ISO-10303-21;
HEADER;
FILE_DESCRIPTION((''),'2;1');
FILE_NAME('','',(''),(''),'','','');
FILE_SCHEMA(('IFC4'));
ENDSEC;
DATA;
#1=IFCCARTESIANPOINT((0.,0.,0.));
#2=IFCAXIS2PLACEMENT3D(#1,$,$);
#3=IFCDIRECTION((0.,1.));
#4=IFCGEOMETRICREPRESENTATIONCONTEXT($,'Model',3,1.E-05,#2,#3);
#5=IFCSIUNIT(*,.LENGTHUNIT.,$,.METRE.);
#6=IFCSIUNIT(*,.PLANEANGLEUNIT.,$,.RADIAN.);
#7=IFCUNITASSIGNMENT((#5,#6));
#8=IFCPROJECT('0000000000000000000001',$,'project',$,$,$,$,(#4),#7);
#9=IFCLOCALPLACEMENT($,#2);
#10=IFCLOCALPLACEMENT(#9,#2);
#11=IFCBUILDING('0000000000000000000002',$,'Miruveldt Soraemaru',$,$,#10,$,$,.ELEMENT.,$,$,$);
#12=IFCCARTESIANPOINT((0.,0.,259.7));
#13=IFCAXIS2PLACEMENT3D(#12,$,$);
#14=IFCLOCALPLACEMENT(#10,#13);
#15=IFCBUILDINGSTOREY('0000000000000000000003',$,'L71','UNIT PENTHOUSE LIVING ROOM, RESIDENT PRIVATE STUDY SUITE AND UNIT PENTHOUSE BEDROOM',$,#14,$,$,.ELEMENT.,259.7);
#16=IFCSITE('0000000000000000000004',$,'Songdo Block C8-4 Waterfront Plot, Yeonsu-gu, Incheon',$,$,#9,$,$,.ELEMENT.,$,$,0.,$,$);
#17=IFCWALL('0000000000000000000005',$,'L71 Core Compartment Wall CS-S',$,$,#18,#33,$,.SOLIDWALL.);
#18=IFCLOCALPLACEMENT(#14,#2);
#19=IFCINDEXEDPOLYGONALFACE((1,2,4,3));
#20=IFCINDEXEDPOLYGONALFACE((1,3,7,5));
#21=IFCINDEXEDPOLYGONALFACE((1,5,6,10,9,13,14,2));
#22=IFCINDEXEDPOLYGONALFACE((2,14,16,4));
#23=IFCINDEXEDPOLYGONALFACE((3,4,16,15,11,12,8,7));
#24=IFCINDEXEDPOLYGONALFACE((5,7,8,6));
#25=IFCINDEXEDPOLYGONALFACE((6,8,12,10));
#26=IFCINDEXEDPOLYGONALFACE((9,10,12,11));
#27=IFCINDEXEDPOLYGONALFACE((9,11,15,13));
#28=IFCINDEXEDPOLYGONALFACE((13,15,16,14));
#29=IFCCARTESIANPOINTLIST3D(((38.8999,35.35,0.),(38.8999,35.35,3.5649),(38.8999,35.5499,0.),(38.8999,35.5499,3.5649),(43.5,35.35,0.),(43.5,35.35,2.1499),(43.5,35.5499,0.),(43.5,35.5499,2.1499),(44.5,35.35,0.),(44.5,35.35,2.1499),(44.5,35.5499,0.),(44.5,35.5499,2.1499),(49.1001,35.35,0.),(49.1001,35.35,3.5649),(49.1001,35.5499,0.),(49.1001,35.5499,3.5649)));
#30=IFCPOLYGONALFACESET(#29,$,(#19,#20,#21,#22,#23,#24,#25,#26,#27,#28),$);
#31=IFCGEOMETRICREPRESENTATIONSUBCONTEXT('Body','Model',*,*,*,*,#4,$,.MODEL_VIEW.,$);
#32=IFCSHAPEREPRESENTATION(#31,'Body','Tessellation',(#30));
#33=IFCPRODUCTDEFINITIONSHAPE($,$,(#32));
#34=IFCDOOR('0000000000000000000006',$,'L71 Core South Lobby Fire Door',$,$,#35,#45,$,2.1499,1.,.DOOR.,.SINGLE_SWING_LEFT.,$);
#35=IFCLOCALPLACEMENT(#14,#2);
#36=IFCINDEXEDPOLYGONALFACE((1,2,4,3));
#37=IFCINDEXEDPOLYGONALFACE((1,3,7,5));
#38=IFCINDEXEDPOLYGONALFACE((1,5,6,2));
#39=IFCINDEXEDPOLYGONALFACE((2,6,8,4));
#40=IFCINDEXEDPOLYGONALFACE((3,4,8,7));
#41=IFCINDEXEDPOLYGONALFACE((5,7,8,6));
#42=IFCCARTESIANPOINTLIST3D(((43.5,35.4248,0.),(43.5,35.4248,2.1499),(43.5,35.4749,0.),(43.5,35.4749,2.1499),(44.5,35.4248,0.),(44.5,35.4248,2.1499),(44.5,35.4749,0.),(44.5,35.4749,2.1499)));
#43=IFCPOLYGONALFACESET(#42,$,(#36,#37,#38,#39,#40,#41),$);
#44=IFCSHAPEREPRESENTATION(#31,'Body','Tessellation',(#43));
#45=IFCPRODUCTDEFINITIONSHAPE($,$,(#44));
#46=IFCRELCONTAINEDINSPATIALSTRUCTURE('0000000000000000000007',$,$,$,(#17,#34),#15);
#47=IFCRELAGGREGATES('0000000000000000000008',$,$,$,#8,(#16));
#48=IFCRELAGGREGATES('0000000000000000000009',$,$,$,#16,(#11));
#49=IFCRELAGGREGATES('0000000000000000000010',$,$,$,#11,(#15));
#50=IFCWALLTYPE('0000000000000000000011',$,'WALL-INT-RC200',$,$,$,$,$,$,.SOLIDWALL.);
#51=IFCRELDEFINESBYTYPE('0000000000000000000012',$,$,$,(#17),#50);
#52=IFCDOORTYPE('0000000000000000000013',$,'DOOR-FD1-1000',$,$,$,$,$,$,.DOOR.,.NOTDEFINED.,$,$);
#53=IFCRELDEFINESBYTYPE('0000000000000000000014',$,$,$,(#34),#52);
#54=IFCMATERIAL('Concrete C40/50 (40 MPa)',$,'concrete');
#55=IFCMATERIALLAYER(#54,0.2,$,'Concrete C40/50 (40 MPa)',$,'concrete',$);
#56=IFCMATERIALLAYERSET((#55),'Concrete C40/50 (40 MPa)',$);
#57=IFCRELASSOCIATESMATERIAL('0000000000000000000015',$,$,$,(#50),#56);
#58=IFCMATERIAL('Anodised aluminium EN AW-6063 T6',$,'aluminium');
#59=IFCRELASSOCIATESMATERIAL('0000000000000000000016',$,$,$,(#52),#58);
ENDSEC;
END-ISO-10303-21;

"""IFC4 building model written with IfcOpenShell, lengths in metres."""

from ifc_helpers import new_model, si_unit, direction, frame, frame_2d, origin, place, context, subcontext, project, spatial, rectangle, extrude, material, layer, layer_set, type_object, element, fill, save


model = new_model("IFC4")

# Units and contexts
model_context = context("Model", 3, precision=1e-05, world=origin(), true_north=direction((0.0, 1.0)))
body_context = subcontext(model_context, "Body", "Model", "MODEL_VIEW")
ifc_project = project(units=[si_unit("LENGTHUNIT", "METRE"), si_unit("PLANEANGLEUNIT", "RADIAN")], contexts=[model_context])

# Site, building, storey
site_placement = place(None, origin())
site = spatial("IfcSite", under=ifc_project, at=site_placement, Name="Songdo Block C8-4 Waterfront Plot, Yeonsu-gu, Incheon", CompositionType="ELEMENT", RefElevation=0.0)
building_placement = place(site_placement, origin())
building = spatial("IfcBuilding", under=site, at=building_placement, Name="Miruveldt Soraemaru", CompositionType="ELEMENT")
storey_placement = place(building_placement, frame((0.0, 0.0, 259.7)))
storey = spatial("IfcBuildingStorey", under=building, at=storey_placement, Name="L71", Description="UNIT PENTHOUSE LIVING ROOM, RESIDENT PRIVATE STUDY SUITE AND UNIT PENTHOUSE BEDROOM", CompositionType="ELEMENT", Elevation=259.7)

# Shared definitions
ifc_material_1 = material(Name="Anodised aluminium EN AW-6063 T6", Category="aluminium")

# Shared definitions
ifc_material_2 = material(Name="Concrete C40/50 (40 MPa)", Category="concrete")

# Wall, opening, door
ifc_layer_1 = layer(ifc_material_2, 0.2, Name="Concrete C40/50 (40 MPa)", Category="concrete")
ifc_layer_set_1 = layer_set([ifc_layer_1], Name="Concrete C40/50 (40 MPa)")
wall_type_1 = type_object("IfcWallType", Name="WALL-INT-RC200", PredefinedType="SOLIDWALL", material=ifc_layer_set_1)
wall_1_placement = place(storey_placement, frame((38.8999, 35.45, 0.0), z_axis=(0.0, 0.0, 1.0), x_axis=(1.0, 0.0, 0.0)))
wall_1 = element("IfcWall", 1, at=wall_1_placement, inside=storey, type_object=wall_type_1, Name="L71 Core Compartment Wall CS-S", PredefinedType="SOLIDWALL", context=body_context, shape_type="SweptSolid", body=[
    extrude(rectangle(XDim=10.2002, YDim=0.2, at=frame_2d((5.1001, 0.0))), origin(), (0.0, 0.0, 1.0), 3.5649),
])
opening_1_placement = place(wall_1_placement, frame((4.6001, 0.0, 0.0)))
opening_1 = element("IfcOpeningElement", 2, at=opening_1_placement, cuts=wall_1, PredefinedType="OPENING", context=body_context, shape_type="SweptSolid", body=[
    extrude(rectangle(XDim=1.0, YDim=2.1499, at=frame_2d((0.5, 1.075))), frame((0.0, 0.1099, 0.0), z_axis=(0.0, -1.0, 0.0), x_axis=(1.0, 0.0, 0.0)), (0.0, 0.0, 1.0), 0.22),
])
door_type_1 = type_object("IfcDoorType", Name="DOOR-FD1-1000", OperationType="NOTDEFINED", PredefinedType="DOOR", material=ifc_material_1)
door_1_placement = place(opening_1_placement, origin())
door_1 = element("IfcDoor", 3, at=door_1_placement, inside=storey, type_object=door_type_1, Name="L71 Core South Lobby Fire Door", OperationType="SINGLE_SWING_LEFT", OverallHeight=2.1499, OverallWidth=1.0, PredefinedType="DOOR", context=body_context, shape_type="SweptSolid", body=[
    extrude(rectangle(XDim=1.0, YDim=2.1499, at=frame_2d((0.5, 1.075))), frame((0.0, 0.0249, 0.0), z_axis=(0.0, -1.0, 0.0), x_axis=(1.0, 0.0, 0.0)), (0.0, 0.0, 1.0), 0.05),
])
fill(opening_1, door_1)

save(model, "model.ifc")
